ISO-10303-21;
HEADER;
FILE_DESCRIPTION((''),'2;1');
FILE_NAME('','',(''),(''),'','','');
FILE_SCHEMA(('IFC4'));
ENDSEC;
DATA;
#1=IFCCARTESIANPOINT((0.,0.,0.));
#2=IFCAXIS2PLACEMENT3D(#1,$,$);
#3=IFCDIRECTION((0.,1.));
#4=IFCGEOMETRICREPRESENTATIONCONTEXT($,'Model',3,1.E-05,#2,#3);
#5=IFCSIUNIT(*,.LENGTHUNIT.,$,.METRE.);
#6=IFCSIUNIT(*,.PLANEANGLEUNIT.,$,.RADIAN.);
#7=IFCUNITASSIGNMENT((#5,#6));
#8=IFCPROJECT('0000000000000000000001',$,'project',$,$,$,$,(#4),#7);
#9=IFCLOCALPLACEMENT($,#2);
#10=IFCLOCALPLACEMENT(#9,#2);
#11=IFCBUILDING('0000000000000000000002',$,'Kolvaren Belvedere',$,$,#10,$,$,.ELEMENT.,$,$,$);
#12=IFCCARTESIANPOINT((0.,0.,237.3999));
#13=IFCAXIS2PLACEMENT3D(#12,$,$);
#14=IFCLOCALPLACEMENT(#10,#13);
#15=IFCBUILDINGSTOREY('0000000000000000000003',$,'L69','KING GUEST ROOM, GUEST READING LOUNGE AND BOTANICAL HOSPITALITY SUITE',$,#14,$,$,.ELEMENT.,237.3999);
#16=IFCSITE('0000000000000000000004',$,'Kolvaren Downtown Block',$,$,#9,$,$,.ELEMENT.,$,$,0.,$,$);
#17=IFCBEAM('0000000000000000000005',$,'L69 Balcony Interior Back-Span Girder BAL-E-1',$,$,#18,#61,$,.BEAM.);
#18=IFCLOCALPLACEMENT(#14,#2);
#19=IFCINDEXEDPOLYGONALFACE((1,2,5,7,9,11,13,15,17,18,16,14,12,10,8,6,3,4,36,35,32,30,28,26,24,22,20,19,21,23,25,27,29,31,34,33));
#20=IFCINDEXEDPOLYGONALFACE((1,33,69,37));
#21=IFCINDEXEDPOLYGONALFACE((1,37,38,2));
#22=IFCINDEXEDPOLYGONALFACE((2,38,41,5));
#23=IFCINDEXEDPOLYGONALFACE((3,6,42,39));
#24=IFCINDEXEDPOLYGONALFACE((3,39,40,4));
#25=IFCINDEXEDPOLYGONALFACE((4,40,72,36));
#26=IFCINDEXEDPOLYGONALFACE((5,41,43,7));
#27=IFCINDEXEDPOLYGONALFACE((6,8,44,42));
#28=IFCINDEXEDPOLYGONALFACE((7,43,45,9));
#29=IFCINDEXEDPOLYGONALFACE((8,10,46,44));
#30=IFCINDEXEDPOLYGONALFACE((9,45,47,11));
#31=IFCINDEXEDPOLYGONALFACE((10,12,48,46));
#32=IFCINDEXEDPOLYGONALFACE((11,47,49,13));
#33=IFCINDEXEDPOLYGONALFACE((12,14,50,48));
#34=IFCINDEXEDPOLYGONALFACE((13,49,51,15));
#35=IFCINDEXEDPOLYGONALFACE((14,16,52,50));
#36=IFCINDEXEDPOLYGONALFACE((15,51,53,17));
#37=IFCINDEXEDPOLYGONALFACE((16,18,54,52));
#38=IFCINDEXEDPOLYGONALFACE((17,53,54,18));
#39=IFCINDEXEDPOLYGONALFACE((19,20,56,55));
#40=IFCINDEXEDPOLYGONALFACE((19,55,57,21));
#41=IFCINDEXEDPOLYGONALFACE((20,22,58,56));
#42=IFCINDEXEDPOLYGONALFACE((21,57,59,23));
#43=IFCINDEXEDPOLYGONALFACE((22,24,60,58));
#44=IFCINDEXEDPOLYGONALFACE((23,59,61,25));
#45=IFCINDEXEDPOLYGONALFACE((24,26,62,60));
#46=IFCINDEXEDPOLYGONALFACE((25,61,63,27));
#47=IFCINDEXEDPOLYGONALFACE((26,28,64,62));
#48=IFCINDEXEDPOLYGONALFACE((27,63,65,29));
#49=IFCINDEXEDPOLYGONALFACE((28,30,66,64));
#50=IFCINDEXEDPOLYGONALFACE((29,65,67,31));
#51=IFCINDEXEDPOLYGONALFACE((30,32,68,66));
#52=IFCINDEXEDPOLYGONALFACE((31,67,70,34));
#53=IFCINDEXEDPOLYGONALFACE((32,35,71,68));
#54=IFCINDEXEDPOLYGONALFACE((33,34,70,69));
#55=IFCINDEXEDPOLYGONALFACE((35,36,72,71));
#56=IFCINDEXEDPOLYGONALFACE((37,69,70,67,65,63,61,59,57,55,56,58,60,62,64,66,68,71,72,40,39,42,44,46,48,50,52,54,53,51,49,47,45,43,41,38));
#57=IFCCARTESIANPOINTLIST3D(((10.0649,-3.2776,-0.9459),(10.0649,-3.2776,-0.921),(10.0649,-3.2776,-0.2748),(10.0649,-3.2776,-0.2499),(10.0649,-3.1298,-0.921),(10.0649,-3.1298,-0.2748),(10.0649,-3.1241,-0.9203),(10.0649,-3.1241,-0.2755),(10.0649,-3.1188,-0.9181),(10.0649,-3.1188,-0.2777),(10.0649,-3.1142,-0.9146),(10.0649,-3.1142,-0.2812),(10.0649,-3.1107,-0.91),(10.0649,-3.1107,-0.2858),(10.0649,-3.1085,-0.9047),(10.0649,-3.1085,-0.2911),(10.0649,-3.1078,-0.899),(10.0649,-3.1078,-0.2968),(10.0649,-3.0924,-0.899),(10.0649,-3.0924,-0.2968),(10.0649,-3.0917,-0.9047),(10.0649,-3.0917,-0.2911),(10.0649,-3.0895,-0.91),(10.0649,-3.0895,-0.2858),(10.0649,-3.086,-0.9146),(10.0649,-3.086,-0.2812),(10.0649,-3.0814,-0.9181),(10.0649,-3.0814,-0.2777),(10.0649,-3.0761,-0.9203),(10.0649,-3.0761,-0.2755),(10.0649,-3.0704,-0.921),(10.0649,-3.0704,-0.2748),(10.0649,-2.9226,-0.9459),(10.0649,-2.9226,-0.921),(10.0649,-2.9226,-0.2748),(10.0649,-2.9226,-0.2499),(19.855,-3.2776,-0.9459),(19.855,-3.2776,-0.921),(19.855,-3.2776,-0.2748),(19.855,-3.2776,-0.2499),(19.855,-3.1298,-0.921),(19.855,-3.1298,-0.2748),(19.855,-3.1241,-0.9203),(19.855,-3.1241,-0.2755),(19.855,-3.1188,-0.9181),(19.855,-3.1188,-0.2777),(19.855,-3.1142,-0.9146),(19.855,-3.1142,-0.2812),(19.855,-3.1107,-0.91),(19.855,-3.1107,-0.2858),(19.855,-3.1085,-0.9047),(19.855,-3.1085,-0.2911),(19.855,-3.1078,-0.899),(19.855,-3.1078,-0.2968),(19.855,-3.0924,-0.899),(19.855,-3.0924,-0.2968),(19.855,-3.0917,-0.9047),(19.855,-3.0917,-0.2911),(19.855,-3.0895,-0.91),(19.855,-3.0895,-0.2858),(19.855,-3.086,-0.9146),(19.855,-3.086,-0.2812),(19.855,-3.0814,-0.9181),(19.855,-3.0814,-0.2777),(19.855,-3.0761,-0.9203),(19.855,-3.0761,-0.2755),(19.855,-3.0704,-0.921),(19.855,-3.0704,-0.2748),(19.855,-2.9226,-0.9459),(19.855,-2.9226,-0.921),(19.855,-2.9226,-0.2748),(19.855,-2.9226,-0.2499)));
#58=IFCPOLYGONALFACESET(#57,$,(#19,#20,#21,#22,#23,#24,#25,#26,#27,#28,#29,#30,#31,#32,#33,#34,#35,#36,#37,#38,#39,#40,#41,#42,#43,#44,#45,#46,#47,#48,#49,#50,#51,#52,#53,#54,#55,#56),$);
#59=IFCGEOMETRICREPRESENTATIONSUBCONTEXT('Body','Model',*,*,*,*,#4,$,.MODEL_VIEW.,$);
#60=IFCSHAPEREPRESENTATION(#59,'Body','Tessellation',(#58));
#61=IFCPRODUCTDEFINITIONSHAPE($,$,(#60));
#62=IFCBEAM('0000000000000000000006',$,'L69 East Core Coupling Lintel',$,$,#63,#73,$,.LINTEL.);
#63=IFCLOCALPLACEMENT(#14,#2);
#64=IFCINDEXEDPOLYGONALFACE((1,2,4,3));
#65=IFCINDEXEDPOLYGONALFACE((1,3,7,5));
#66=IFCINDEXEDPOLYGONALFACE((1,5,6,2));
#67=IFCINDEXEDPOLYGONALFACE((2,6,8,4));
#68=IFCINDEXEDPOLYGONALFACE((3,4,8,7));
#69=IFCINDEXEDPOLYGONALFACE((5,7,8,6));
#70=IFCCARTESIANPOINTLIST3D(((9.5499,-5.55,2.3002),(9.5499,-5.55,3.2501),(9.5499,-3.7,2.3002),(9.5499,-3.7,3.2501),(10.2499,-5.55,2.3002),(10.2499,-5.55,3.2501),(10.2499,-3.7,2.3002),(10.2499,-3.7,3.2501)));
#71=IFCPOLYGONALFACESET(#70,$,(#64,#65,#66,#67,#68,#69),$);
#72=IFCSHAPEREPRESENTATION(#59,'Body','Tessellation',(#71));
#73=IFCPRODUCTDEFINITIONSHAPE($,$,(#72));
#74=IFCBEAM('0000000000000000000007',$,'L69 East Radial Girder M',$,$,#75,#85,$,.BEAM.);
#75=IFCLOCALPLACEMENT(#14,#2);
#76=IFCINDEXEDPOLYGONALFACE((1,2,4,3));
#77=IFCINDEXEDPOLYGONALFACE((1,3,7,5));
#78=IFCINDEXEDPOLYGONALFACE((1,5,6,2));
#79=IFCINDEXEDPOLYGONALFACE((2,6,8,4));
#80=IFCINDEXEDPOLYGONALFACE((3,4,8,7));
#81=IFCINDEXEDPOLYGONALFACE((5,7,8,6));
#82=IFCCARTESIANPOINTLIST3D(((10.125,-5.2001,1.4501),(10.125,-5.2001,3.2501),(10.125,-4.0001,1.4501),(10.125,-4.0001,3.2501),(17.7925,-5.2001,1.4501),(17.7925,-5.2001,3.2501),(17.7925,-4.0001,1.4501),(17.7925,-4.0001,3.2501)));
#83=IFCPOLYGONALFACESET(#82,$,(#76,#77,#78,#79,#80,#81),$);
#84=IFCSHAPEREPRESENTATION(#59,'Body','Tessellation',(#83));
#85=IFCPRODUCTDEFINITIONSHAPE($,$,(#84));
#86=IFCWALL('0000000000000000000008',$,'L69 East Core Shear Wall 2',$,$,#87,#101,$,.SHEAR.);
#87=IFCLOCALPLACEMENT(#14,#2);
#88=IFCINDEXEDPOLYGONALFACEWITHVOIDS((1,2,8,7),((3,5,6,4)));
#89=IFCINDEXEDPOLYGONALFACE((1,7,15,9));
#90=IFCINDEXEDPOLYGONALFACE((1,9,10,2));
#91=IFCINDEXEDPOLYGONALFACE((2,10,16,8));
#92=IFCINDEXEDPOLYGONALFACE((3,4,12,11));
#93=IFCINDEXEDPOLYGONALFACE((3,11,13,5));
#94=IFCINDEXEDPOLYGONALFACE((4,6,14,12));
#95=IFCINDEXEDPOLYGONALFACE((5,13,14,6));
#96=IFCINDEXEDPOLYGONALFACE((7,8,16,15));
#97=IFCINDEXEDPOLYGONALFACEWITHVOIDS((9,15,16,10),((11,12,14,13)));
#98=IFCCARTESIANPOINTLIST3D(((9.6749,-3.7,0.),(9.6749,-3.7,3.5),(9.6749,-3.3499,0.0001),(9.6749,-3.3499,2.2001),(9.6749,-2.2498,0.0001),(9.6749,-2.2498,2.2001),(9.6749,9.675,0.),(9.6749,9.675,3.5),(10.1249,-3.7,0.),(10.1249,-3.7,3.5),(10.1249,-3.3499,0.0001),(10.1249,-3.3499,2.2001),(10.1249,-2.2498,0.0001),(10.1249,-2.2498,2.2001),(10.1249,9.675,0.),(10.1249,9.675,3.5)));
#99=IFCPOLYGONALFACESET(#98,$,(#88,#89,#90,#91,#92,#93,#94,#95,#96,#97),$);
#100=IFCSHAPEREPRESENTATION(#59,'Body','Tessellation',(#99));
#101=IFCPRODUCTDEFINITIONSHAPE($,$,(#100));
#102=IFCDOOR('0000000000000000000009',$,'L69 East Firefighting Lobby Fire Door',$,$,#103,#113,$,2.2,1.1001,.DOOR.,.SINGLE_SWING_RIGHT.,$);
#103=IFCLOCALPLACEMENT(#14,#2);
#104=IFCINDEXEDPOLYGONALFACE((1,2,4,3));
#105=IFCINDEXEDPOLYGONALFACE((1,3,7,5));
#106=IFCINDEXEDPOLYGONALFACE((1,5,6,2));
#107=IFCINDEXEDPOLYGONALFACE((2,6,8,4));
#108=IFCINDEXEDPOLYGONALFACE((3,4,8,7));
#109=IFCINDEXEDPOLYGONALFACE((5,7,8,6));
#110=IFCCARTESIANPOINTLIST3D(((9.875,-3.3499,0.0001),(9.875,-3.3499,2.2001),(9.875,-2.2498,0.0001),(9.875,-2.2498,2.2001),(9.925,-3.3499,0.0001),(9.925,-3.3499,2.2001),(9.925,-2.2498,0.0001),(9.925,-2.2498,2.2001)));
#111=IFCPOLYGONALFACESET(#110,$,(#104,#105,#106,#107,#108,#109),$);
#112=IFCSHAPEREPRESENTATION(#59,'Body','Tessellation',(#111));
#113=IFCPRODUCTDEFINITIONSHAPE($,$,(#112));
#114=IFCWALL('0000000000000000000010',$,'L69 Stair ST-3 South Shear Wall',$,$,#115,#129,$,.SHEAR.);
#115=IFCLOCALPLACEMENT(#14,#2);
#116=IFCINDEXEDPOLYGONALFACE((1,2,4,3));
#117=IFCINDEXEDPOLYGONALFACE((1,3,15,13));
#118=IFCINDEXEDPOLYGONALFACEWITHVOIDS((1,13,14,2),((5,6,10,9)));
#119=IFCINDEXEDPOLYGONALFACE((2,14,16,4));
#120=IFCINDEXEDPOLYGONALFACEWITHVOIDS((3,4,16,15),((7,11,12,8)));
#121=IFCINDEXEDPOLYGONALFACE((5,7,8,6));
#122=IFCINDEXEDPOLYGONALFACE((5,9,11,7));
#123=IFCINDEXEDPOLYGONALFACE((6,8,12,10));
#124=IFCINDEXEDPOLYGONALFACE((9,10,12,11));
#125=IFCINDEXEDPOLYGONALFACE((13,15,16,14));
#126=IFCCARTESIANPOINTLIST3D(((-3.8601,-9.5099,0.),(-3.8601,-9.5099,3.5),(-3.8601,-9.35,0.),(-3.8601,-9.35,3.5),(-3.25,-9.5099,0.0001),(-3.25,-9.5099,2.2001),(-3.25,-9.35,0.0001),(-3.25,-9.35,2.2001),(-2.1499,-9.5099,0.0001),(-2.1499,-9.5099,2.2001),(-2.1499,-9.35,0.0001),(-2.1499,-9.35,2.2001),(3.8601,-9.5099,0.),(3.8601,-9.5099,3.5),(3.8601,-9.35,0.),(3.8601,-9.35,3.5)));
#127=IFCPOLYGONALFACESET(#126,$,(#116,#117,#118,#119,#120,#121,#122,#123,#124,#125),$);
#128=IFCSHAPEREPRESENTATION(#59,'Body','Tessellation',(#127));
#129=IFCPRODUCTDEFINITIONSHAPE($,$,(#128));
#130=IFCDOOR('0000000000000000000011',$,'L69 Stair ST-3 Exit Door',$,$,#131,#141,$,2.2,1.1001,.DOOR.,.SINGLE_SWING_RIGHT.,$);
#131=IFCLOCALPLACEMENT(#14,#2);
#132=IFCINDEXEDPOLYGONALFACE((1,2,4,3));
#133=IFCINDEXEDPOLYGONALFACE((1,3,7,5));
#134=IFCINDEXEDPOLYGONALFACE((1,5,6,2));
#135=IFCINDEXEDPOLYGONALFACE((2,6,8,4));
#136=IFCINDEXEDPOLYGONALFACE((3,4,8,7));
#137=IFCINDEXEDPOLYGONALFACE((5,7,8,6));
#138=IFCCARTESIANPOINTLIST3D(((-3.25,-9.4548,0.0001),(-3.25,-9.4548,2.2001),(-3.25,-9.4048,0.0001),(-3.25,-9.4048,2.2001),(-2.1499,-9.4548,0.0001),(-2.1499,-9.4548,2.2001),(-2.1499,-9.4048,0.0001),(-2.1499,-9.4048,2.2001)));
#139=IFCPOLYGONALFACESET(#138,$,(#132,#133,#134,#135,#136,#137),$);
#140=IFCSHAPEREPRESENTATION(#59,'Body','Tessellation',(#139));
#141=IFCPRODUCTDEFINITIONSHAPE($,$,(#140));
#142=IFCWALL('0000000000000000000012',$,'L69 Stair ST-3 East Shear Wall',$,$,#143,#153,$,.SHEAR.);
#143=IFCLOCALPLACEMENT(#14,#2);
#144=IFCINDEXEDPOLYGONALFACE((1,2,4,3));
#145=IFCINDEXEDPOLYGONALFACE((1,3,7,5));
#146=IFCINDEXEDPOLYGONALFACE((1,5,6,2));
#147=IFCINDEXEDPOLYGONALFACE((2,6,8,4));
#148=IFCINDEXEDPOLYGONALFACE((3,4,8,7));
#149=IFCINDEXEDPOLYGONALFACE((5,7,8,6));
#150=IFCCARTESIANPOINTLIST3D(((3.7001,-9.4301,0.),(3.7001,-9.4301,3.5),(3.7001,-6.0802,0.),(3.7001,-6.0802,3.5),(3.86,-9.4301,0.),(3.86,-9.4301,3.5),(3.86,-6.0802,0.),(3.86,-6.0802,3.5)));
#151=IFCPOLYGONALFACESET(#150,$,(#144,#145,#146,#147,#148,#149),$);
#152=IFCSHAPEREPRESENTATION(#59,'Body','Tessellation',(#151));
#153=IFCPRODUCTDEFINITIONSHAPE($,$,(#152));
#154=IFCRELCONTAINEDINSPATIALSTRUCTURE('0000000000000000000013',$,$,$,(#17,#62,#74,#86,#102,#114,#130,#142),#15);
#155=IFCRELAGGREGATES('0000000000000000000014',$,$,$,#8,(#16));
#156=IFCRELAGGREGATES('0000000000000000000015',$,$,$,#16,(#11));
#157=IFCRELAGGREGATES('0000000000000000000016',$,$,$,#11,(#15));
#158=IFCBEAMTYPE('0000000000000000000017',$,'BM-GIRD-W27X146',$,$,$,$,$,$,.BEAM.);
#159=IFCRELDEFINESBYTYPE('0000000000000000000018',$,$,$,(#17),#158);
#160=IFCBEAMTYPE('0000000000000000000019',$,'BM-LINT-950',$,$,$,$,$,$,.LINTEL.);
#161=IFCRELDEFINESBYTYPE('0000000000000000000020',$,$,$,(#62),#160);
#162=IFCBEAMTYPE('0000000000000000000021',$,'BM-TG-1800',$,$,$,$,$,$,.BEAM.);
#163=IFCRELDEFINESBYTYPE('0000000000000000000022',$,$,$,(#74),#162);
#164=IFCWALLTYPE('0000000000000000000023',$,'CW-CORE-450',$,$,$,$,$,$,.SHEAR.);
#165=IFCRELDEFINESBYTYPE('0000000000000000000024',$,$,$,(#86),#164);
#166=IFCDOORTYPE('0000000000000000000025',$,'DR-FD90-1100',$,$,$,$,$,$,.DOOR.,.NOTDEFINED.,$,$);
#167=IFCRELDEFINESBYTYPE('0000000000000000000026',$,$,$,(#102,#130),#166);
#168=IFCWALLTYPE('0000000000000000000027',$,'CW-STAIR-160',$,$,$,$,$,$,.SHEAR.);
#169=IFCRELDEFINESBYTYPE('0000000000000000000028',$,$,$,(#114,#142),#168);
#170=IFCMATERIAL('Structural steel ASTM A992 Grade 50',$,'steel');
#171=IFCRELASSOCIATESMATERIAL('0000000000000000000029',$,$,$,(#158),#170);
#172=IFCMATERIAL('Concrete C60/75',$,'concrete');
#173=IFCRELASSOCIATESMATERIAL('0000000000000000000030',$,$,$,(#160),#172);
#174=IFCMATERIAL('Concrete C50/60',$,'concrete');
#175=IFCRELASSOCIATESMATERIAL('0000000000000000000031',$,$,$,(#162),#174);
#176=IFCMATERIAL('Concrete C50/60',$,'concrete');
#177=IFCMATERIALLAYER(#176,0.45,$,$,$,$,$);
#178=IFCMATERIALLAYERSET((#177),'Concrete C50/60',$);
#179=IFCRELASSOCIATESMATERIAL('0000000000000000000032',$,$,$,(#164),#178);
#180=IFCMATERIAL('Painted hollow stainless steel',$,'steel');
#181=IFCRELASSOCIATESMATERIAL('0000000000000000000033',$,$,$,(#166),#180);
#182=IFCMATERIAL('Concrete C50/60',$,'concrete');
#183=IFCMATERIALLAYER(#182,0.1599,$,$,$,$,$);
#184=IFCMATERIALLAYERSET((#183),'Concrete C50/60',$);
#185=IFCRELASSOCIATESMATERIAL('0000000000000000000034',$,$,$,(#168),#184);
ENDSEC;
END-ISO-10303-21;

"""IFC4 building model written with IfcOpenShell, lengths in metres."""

from ifc_helpers import new_model, si_unit, direction, frame, frame_2d, origin, origin_2d, place, context, subcontext, project, spatial, rectangle, i_section, extrude, material, layer, layer_set, material_profile, profile_set, type_object, element, fill, save


model = new_model("IFC4")

# Units and contexts
model_context = context("Model", 3, precision=1e-05, world=origin(), true_north=direction((0.0, 1.0)))
body_context = subcontext(model_context, "Body", "Model", "MODEL_VIEW")
ifc_project = project(units=[si_unit("LENGTHUNIT", "METRE"), si_unit("PLANEANGLEUNIT", "RADIAN")], contexts=[model_context])

# Site, building, storey
site_placement = place(None, origin())
site = spatial("IfcSite", under=ifc_project, at=site_placement, Name="Kolvaren Downtown Block", CompositionType="ELEMENT", RefElevation=0.0)
building_placement = place(site_placement, origin())
building = spatial("IfcBuilding", under=site, at=building_placement, Name="Kolvaren Belvedere", CompositionType="ELEMENT")
storey_placement = place(building_placement, frame((0.0, 0.0, 237.3999)))
storey = spatial("IfcBuildingStorey", under=building, at=storey_placement, Name="L69", Description="KING GUEST ROOM, GUEST READING LOUNGE AND BOTANICAL HOSPITALITY SUITE", CompositionType="ELEMENT", Elevation=237.3999)

# Beams
ifc_material_1 = material(Name="Structural steel ASTM A992 Grade 50", Category="steel")
ifc_material_profile_1 = material_profile(ifc_material_1, i_section(OverallWidth=0.355, OverallDepth=0.696, WebThickness=0.0154, FlangeThickness=0.0249, FilletRadius=0.022, at=origin_2d()), Name="W27X146")
ifc_profile_set_1 = profile_set([ifc_material_profile_1], Name="Structural steel ASTM A992 Grade 50")
beam_type_1 = type_object("IfcBeamType", Name="BM-GIRD-W27X146", PredefinedType="BEAM", material=ifc_profile_set_1)
beam_1_placement = place(storey_placement, frame((10.0649, -3.1001, -0.5979), z_axis=(1.0, 0.0, 0.0), x_axis=(0.0, 1.0, 0.0)))
element("IfcBeam", 1, at=beam_1_placement, inside=storey, type_object=beam_type_1, Name="L69 Balcony Interior Back-Span Girder BAL-E-1", PredefinedType="BEAM", context=body_context, shape_type="SweptSolid", body=[
    extrude(i_section(OverallWidth=0.355, OverallDepth=0.696, WebThickness=0.0154, FlangeThickness=0.0249, FilletRadius=0.022, at=origin_2d()), origin(), (0.0, 0.0, 1.0), 9.79),
])
ifc_material_2 = material(Name="Concrete C60/75", Category="concrete")
ifc_material_profile_2 = material_profile(ifc_material_2, rectangle(XDim=0.7, YDim=0.95, at=origin_2d()), Name="RC 700X950")
ifc_profile_set_2 = profile_set([ifc_material_profile_2], Name="Concrete C60/75")
beam_type_2 = type_object("IfcBeamType", Name="BM-LINT-950", PredefinedType="LINTEL", material=ifc_profile_set_2)
beam_2_placement = place(storey_placement, frame((9.8999, -5.55, 2.7751), z_axis=(0.0, 1.0, 0.0), x_axis=(-1.0, 0.0, 0.0)))
element("IfcBeam", 2, at=beam_2_placement, inside=storey, type_object=beam_type_2, Name="L69 East Core Coupling Lintel", PredefinedType="LINTEL", context=body_context, shape_type="SweptSolid", body=[
    extrude(rectangle(XDim=0.7, YDim=0.95, at=origin_2d()), origin(), (0.0, 0.0, 1.0), 1.8501),
])
ifc_material_3 = material(Name="Concrete C50/60", Category="concrete")
ifc_material_profile_3 = material_profile(ifc_material_3, rectangle(XDim=1.2, YDim=1.8, at=origin_2d()), Name="RC 1200X1800")
ifc_profile_set_3 = profile_set([ifc_material_profile_3], Name="Concrete C50/60")
beam_type_3 = type_object("IfcBeamType", Name="BM-TG-1800", PredefinedType="BEAM", material=ifc_profile_set_3)
beam_3_placement = place(storey_placement, frame((10.125, -4.6001, 2.3501), z_axis=(1.0, 0.0, 0.0), x_axis=(0.0, 1.0, 0.0)))
element("IfcBeam", 3, at=beam_3_placement, inside=storey, type_object=beam_type_3, Name="L69 East Radial Girder M", PredefinedType="BEAM", context=body_context, shape_type="SweptSolid", body=[
    extrude(rectangle(XDim=1.2, YDim=1.8, at=origin_2d()), origin(), (0.0, 0.0, 1.0), 7.6675),
])

# Walls, openings, doors
ifc_material_4 = material(Name="Concrete C50/60", Category="concrete")
ifc_layer_1 = layer(ifc_material_4, 0.45)
ifc_layer_set_1 = layer_set([ifc_layer_1], Name="Concrete C50/60")
wall_type_1 = type_object("IfcWallType", Name="CW-CORE-450", PredefinedType="SHEAR", material=ifc_layer_set_1)
wall_1_placement = place(storey_placement, frame((9.8999, -3.7, 0.0), z_axis=(0.0, 0.0, 1.0), x_axis=(0.0, 1.0, 0.0)))
wall_1 = element("IfcWall", 4, at=wall_1_placement, inside=storey, type_object=wall_type_1, Name="L69 East Core Shear Wall 2", PredefinedType="SHEAR", context=body_context, shape_type="SweptSolid", body=[
    extrude(rectangle(XDim=13.375, YDim=0.45, at=frame_2d((6.6875, 0.0))), origin(), (0.0, 0.0, 1.0), 3.5),
])
opening_1_placement = place(wall_1_placement, frame((0.3501, 0.0, 0.0)))
opening_1 = element("IfcOpeningElement", 5, at=opening_1_placement, cuts=wall_1, PredefinedType="OPENING", context=body_context, shape_type="SweptSolid", body=[
    extrude(rectangle(XDim=1.1001, YDim=2.2, at=frame_2d((0.55, 1.1001))), frame((0.0, 0.2349, 0.0), z_axis=(0.0, -1.0, 0.0), x_axis=(1.0, 0.0, 0.0)), (0.0, 0.0, 1.0), 0.47),
])
ifc_material_5 = material(Name="Painted hollow stainless steel", Category="steel")
door_type_1 = type_object("IfcDoorType", Name="DR-FD90-1100", OperationType="NOTDEFINED", PredefinedType="DOOR", material=ifc_material_5)
door_1_placement = place(opening_1_placement, origin())
door_1 = element("IfcDoor", 6, at=door_1_placement, inside=storey, type_object=door_type_1, Name="L69 East Firefighting Lobby Fire Door", OperationType="SINGLE_SWING_RIGHT", OverallHeight=2.2, OverallWidth=1.1001, PredefinedType="DOOR", context=body_context, shape_type="SweptSolid", body=[
    extrude(rectangle(XDim=1.1001, YDim=2.2, at=frame_2d((0.55, 1.1001))), frame((0.0, 0.0249, 0.0), z_axis=(0.0, -1.0, 0.0), x_axis=(1.0, 0.0, 0.0)), (0.0, 0.0, 1.0), 0.05),
])
fill(opening_1, door_1)
ifc_material_6 = material(Name="Concrete C50/60", Category="concrete")
ifc_layer_2 = layer(ifc_material_6, 0.1599)
ifc_layer_set_2 = layer_set([ifc_layer_2], Name="Concrete C50/60")
wall_type_2 = type_object("IfcWallType", Name="CW-STAIR-160", PredefinedType="SHEAR", material=ifc_layer_set_2)
wall_2_placement = place(storey_placement, frame((3.8601, -9.4299, 0.0), z_axis=(0.0, 0.0, 1.0), x_axis=(-1.0, 0.0, 0.0)))
wall_2 = element("IfcWall", 7, at=wall_2_placement, inside=storey, type_object=wall_type_2, Name="L69 Stair ST-3 South Shear Wall", PredefinedType="SHEAR", context=body_context, shape_type="SweptSolid", body=[
    extrude(rectangle(XDim=7.7202, YDim=0.1599, at=frame_2d((3.8601, 0.0))), origin(), (0.0, 0.0, 1.0), 3.5),
])
opening_2_placement = place(wall_2_placement, frame((6.01, 0.0, 0.0)))
opening_2 = element("IfcOpeningElement", 8, at=opening_2_placement, cuts=wall_2, PredefinedType="OPENING", context=body_context, shape_type="SweptSolid", body=[
    extrude(rectangle(XDim=1.1001, YDim=2.2, at=frame_2d((0.55, 1.1001))), frame((0.0, 0.0898, 0.0), z_axis=(0.0, -1.0, 0.0), x_axis=(1.0, 0.0, 0.0)), (0.0, 0.0, 1.0), 0.1799),
])
door_2_placement = place(opening_2_placement, origin())
door_2 = element("IfcDoor", 9, at=door_2_placement, inside=storey, type_object=door_type_1, Name="L69 Stair ST-3 Exit Door", OperationType="SINGLE_SWING_RIGHT", OverallHeight=2.2, OverallWidth=1.1001, PredefinedType="DOOR", context=body_context, shape_type="SweptSolid", body=[
    extrude(rectangle(XDim=1.1001, YDim=2.2, at=frame_2d((0.55, 1.1001))), frame((0.0, 0.0249, 0.0), z_axis=(0.0, -1.0, 0.0), x_axis=(1.0, 0.0, 0.0)), (0.0, 0.0, 1.0), 0.05),
])
fill(opening_2, door_2)

# Wall
wall_3_placement = place(storey_placement, frame((3.78, -9.4299, 0.0), z_axis=(0.0, 0.0, 1.0), x_axis=(0.0, 1.0, 0.0)))
element("IfcWall", 10, at=wall_3_placement, inside=storey, type_object=wall_type_2, Name="L69 Stair ST-3 East Shear Wall", PredefinedType="SHEAR", context=body_context, shape_type="SweptSolid", body=[
    extrude(rectangle(XDim=3.3499, YDim=0.1599, at=frame_2d((1.6748, 0.0))), origin(), (0.0, 0.0, 1.0), 3.5),
])

save(model, "model.ifc")
